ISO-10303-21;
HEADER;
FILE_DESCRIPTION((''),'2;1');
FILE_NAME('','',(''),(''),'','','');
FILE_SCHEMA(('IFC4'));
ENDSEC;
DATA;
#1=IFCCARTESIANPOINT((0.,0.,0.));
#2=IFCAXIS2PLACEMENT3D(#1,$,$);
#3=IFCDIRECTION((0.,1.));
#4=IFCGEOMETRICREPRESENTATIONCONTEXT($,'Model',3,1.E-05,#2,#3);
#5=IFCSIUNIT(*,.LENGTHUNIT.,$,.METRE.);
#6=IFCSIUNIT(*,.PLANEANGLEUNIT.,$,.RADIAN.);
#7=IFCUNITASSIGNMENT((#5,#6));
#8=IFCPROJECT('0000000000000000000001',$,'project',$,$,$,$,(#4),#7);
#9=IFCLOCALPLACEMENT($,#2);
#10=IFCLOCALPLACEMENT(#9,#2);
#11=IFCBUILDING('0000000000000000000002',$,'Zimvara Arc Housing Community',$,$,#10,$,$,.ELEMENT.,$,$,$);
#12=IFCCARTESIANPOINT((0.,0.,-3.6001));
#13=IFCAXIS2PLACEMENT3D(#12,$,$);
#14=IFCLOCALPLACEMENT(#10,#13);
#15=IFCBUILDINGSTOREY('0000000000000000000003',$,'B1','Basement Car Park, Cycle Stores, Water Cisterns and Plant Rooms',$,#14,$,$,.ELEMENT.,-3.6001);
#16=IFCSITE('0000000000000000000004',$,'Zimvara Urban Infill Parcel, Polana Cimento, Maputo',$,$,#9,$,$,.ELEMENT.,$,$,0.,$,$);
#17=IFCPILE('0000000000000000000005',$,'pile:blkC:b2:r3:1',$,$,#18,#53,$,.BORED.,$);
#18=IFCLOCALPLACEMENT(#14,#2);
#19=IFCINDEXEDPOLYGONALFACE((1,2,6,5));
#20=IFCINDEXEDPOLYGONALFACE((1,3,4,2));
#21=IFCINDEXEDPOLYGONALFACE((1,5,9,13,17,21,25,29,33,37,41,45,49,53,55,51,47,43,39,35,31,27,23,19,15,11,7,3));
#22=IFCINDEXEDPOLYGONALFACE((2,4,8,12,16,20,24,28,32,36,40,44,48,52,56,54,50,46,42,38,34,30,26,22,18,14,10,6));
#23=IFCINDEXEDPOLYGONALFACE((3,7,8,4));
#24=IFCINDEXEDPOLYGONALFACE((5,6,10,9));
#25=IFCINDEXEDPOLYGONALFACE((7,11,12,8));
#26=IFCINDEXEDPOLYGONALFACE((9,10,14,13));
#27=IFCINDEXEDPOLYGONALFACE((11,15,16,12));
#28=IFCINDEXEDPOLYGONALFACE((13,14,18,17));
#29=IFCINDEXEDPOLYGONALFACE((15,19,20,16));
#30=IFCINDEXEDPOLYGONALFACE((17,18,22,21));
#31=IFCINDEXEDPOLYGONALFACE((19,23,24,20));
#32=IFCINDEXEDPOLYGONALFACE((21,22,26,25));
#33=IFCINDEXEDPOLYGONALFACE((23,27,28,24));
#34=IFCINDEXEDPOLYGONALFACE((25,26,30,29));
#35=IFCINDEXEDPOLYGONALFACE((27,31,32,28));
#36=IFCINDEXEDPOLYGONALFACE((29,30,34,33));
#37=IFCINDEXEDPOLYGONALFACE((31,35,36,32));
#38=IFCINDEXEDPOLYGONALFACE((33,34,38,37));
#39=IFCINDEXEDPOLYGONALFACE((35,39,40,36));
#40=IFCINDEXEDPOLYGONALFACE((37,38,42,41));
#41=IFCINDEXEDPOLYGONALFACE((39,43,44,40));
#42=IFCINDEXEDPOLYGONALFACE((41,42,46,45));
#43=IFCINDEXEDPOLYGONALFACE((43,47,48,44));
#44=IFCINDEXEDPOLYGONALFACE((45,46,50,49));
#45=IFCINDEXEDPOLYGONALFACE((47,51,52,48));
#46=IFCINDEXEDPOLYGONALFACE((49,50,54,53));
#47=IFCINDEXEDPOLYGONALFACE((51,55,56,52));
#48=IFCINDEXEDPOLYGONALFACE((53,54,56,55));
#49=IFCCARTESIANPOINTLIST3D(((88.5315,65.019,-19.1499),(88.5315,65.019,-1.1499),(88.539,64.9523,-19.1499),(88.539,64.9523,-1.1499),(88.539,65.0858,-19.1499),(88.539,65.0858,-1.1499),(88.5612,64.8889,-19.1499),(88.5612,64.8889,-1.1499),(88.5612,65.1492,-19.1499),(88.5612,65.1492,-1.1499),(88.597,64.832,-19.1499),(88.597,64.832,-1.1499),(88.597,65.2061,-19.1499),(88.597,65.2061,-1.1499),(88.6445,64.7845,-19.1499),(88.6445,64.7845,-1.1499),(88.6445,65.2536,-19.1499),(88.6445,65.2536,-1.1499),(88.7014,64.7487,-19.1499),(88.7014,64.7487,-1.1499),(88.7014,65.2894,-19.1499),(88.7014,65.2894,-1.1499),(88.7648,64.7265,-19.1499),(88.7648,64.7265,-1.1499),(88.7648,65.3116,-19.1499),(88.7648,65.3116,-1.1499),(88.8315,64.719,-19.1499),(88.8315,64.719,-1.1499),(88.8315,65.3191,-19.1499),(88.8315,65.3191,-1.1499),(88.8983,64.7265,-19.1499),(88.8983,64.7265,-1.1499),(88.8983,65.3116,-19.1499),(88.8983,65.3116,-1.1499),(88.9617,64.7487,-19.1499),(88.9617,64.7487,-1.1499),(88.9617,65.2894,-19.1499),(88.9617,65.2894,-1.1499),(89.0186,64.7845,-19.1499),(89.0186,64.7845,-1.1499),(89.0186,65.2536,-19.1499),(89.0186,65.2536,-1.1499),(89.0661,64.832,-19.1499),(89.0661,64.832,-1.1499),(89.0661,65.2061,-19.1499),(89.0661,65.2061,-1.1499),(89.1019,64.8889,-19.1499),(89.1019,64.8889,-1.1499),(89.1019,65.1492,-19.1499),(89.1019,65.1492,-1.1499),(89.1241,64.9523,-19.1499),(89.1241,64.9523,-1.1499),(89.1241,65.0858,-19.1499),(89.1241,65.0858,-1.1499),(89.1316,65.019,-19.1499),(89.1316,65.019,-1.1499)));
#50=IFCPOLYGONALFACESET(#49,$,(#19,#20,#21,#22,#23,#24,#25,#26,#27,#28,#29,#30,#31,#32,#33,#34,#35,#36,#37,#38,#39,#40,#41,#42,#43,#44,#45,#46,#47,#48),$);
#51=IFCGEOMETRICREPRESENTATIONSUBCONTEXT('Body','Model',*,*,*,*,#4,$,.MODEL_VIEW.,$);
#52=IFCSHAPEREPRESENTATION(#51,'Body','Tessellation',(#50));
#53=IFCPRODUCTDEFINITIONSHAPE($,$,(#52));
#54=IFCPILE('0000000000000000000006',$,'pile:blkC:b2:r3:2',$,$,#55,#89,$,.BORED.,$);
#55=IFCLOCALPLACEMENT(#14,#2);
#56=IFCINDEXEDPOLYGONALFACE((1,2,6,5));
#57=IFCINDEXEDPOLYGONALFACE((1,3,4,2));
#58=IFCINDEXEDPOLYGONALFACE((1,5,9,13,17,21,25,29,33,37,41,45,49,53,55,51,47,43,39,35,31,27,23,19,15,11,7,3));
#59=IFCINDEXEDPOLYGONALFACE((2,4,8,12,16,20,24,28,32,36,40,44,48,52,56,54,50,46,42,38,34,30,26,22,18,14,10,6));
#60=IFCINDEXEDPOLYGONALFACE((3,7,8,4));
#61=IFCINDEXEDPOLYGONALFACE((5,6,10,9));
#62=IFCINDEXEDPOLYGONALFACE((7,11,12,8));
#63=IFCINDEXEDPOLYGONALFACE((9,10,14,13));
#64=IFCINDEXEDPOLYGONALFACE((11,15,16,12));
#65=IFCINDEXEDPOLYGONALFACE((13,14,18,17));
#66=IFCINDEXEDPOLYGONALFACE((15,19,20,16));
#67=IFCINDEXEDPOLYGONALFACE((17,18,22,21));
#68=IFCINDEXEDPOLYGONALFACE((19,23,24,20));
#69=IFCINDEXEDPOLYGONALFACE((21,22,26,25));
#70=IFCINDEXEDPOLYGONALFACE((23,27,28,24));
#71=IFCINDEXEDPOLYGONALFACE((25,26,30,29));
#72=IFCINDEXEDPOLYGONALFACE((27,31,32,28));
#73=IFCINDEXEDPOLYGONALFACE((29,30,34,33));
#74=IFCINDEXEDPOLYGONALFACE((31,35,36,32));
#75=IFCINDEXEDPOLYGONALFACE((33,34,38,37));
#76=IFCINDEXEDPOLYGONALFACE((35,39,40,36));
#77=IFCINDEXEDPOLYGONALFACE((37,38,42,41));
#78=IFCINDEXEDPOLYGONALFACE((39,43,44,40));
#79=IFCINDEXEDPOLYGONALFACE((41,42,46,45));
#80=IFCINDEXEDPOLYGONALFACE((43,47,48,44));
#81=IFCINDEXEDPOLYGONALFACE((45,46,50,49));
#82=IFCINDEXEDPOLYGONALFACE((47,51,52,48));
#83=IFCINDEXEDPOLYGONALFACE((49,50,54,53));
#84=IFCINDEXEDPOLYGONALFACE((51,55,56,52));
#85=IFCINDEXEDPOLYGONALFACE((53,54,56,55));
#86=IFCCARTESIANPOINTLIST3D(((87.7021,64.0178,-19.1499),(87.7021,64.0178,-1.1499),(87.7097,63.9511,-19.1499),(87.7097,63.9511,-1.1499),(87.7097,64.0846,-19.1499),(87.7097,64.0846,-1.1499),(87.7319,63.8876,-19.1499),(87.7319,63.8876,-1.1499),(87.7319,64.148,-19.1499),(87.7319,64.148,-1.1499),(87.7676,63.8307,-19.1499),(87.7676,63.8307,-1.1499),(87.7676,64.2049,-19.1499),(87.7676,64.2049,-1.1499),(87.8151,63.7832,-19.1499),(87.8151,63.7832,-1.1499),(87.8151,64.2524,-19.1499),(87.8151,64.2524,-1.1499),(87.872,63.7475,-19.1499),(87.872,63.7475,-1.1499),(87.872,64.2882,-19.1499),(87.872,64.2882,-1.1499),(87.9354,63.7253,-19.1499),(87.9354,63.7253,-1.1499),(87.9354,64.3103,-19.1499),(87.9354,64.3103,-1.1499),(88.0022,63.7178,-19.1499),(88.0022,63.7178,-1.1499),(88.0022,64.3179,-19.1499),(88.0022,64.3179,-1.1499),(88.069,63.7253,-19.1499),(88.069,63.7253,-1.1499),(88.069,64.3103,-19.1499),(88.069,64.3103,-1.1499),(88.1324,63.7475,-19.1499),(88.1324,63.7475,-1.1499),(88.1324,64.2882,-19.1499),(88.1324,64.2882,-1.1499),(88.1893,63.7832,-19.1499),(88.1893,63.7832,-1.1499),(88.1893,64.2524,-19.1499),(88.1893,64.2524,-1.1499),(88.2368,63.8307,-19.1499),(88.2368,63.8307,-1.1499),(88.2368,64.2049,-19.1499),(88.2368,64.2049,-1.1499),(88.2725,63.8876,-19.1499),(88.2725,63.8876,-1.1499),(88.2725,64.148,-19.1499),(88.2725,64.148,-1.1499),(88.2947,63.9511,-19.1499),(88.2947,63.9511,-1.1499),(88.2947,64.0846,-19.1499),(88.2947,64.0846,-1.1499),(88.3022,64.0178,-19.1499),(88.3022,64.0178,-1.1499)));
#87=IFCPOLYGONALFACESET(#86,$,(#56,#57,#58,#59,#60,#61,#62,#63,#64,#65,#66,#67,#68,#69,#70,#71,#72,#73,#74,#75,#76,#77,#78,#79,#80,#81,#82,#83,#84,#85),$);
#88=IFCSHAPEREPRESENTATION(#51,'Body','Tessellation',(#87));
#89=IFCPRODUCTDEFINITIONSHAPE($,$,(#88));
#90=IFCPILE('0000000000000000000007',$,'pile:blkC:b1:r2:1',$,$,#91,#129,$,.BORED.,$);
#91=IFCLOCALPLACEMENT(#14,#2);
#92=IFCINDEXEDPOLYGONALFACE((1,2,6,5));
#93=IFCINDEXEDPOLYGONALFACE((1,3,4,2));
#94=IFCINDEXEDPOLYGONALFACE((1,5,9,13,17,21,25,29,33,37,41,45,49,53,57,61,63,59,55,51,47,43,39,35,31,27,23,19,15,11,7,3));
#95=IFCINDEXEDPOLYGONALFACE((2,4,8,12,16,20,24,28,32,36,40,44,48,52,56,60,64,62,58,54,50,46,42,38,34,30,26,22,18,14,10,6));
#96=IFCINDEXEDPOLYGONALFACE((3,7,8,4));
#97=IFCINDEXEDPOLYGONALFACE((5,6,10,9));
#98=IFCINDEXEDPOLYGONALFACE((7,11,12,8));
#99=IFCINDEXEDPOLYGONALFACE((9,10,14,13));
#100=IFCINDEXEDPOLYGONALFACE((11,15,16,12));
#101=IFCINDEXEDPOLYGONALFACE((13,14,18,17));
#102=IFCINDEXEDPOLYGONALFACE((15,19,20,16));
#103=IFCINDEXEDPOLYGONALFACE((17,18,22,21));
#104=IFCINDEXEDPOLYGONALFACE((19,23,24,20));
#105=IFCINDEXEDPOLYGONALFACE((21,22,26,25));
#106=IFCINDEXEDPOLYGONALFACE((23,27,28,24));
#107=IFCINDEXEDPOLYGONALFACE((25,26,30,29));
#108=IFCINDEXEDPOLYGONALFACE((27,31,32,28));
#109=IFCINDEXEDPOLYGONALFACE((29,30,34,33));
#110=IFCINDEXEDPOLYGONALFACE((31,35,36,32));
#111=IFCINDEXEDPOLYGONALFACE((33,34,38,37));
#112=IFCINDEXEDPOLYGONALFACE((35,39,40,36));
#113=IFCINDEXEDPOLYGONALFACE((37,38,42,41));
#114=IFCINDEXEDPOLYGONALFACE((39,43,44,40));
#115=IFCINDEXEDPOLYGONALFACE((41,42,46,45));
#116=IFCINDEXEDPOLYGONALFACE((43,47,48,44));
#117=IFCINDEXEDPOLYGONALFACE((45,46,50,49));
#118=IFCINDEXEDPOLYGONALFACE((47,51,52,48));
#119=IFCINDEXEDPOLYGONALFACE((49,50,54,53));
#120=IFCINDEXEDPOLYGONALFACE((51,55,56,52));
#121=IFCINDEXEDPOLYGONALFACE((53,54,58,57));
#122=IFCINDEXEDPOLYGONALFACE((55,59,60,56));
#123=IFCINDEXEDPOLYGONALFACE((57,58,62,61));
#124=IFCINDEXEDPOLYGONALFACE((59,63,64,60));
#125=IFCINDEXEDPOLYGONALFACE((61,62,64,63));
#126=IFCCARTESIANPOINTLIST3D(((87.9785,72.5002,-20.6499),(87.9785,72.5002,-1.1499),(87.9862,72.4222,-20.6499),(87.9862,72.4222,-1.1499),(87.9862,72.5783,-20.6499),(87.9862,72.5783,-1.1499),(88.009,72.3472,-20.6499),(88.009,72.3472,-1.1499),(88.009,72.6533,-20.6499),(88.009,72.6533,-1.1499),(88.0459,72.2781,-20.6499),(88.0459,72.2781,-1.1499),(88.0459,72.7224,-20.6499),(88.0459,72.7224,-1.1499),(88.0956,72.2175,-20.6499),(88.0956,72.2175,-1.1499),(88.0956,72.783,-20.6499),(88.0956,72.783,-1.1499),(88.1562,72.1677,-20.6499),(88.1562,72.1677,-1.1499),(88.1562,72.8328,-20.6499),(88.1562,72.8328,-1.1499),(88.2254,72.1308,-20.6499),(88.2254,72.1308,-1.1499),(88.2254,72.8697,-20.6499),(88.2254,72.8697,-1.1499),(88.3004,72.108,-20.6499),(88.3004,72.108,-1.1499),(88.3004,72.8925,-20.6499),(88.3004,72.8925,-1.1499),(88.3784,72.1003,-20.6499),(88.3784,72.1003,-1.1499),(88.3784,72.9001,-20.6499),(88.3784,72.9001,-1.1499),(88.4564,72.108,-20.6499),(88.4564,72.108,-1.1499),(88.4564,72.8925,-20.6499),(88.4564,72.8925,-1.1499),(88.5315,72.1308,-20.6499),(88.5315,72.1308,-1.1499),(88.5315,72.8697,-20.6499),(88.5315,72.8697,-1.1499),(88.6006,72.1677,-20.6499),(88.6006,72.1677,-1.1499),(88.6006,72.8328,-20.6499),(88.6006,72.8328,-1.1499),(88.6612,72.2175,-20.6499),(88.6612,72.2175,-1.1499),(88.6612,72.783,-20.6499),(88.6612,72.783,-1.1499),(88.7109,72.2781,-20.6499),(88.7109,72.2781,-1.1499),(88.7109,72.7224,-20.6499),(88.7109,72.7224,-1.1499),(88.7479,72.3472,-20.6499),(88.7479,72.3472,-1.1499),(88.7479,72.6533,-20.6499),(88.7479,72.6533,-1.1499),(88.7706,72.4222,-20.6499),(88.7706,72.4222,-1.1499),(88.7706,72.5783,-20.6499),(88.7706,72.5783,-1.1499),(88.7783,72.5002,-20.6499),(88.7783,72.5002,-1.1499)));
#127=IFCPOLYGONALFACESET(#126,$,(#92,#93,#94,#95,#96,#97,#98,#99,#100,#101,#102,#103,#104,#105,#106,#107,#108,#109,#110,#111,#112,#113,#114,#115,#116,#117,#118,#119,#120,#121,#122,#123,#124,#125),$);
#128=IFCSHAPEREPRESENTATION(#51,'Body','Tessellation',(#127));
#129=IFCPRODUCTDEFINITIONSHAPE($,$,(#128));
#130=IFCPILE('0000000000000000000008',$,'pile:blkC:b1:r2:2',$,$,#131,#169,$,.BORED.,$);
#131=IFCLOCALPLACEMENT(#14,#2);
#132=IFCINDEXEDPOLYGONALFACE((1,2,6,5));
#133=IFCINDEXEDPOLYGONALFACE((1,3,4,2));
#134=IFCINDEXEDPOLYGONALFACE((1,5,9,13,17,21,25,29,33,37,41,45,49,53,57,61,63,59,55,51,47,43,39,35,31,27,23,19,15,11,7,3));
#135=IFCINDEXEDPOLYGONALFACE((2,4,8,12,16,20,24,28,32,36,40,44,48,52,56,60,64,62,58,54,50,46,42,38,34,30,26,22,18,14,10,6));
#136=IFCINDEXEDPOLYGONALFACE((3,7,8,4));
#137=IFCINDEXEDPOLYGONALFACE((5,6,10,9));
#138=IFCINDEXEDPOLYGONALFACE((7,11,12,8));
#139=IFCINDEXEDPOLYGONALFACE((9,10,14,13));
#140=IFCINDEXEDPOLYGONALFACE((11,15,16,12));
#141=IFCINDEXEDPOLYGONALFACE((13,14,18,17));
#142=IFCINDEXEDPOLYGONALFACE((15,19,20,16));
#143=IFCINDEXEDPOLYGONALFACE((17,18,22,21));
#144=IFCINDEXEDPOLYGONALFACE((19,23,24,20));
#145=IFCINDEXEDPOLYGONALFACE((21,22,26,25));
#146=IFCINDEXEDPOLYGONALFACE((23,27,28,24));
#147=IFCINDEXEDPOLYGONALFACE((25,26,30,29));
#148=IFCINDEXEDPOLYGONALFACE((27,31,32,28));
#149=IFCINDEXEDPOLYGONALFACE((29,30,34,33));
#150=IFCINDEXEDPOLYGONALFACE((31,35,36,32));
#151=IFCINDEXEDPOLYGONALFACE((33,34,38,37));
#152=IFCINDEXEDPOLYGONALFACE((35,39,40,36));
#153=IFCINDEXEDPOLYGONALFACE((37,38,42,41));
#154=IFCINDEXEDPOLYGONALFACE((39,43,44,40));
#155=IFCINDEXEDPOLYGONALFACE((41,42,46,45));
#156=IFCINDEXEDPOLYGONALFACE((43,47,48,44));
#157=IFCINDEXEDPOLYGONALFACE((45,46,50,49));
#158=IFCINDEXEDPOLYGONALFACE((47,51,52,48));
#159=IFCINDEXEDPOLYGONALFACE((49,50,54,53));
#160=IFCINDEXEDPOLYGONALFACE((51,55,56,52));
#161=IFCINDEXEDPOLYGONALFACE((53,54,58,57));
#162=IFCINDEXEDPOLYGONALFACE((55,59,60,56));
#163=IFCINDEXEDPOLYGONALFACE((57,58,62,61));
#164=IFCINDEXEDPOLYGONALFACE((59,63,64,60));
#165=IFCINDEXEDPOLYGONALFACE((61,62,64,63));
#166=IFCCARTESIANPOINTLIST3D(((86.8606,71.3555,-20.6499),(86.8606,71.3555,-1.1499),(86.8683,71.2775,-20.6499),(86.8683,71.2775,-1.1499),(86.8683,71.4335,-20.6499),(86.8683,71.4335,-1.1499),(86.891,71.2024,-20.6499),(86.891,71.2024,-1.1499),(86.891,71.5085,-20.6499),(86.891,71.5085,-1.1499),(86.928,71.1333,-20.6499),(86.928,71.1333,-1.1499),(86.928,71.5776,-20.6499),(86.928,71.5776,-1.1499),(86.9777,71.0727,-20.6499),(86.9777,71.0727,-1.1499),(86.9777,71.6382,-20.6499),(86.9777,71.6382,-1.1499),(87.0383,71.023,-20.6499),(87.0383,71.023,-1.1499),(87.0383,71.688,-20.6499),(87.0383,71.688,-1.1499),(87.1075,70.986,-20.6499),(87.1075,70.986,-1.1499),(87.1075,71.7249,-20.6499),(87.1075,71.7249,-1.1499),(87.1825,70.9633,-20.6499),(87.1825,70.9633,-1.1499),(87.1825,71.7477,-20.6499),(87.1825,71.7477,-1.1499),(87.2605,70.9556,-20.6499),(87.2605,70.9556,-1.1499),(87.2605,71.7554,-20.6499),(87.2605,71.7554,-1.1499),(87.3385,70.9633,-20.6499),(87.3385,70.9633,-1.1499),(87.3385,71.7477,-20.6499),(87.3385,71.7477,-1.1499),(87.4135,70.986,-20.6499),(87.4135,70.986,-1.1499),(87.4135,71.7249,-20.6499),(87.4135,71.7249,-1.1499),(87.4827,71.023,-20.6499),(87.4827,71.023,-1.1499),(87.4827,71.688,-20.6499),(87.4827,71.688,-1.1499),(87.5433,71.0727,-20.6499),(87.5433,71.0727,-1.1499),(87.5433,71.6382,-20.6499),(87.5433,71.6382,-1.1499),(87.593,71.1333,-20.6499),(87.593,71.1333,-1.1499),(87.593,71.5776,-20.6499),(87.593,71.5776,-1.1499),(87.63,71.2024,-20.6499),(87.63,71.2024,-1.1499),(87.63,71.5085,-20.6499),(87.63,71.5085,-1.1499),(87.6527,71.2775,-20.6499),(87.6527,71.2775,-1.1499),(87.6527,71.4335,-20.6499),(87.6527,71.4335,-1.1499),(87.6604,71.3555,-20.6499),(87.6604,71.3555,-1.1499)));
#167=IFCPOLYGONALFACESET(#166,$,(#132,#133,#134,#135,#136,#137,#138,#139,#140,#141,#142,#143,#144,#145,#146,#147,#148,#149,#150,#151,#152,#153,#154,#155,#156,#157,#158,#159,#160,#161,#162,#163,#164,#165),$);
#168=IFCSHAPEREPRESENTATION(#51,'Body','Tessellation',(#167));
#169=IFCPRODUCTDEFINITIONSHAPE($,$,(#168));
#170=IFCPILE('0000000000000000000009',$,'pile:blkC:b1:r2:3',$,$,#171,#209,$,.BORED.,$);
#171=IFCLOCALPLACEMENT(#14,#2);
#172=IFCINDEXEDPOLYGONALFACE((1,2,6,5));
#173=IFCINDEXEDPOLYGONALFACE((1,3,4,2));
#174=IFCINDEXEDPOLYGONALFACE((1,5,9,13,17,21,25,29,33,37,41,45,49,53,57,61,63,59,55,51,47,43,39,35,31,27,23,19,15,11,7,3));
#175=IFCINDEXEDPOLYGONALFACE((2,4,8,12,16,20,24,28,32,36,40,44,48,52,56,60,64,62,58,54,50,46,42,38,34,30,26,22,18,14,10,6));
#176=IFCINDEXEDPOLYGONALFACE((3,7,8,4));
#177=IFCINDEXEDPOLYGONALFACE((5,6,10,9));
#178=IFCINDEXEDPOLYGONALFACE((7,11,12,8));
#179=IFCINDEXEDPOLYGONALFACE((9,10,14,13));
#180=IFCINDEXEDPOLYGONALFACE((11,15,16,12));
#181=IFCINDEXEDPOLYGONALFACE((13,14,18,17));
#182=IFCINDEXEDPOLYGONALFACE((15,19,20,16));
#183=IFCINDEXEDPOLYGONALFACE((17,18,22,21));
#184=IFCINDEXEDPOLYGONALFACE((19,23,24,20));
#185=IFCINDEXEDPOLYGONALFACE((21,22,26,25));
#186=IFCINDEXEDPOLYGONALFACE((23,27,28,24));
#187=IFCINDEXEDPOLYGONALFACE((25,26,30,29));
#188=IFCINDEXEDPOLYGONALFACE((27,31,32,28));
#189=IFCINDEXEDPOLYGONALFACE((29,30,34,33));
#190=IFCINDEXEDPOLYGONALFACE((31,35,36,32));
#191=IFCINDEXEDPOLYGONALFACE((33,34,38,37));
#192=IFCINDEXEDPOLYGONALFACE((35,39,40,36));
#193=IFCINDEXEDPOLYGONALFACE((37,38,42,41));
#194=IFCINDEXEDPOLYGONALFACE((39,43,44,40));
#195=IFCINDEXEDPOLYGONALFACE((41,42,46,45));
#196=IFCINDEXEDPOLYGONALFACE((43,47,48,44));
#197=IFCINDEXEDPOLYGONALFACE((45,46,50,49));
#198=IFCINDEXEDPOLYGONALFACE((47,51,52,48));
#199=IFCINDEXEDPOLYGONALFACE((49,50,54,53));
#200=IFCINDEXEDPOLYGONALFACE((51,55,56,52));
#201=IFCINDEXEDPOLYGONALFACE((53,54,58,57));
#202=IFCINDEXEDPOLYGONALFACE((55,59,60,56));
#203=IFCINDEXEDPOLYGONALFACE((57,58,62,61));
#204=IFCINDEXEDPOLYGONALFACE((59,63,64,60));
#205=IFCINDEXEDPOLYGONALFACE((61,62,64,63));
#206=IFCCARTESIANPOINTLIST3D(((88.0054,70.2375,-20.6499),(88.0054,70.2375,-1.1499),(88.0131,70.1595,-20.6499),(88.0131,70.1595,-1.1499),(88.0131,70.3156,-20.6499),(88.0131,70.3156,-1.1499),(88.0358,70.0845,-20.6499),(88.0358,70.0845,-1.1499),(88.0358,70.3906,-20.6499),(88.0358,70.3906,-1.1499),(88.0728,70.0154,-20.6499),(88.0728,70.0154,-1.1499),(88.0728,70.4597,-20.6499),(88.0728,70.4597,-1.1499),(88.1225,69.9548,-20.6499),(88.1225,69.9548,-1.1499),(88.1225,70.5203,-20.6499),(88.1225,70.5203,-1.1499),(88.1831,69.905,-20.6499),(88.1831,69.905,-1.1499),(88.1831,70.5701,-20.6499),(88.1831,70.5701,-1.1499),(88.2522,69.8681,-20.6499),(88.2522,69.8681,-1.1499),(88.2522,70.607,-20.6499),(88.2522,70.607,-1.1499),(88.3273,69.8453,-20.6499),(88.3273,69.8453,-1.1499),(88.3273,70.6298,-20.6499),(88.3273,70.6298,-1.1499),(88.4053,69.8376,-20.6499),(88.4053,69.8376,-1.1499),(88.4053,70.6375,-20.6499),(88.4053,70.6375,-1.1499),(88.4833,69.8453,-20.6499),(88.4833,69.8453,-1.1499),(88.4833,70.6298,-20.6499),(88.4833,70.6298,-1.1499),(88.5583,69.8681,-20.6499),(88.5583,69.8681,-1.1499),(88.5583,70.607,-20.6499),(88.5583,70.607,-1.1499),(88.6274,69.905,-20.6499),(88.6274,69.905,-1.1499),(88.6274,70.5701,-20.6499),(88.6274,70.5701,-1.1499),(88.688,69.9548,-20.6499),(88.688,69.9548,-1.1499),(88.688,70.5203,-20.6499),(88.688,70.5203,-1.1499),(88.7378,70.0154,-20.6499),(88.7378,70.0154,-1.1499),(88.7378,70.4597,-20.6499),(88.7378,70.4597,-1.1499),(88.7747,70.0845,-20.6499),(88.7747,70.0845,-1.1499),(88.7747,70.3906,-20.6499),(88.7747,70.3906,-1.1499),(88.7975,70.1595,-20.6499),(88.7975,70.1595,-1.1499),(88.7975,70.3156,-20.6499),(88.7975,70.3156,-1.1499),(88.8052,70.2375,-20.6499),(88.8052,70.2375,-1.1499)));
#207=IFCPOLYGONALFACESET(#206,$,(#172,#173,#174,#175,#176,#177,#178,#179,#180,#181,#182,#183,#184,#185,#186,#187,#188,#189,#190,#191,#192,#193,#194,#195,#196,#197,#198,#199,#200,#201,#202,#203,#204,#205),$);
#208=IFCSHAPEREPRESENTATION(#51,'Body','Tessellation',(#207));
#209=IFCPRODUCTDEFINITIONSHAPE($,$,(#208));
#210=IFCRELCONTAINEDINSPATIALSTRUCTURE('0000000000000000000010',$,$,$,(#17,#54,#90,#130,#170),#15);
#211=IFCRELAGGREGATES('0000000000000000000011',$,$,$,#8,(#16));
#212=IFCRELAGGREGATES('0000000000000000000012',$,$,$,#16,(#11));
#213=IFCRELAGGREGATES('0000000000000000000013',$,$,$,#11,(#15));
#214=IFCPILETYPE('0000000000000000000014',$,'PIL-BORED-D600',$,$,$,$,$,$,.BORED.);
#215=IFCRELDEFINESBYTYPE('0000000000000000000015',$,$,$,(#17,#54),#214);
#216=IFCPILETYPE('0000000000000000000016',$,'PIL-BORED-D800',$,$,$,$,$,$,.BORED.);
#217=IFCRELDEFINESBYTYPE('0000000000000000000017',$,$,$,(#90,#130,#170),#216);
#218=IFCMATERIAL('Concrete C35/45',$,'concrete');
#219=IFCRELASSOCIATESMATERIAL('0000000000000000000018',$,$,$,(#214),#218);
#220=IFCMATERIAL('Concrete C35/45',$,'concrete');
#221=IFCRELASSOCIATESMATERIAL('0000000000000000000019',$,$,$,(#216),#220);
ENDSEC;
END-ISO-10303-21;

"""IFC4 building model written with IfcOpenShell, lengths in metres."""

from ifc_helpers import new_model, si_unit, direction, frame, origin, origin_2d, place, context, subcontext, project, spatial, circle, extrude, material, material_profile, profile_set, type_object, element, save


model = new_model("IFC4")

# Units and contexts
model_context = context("Model", 3, precision=1e-05, world=origin(), true_north=direction((0.0, 1.0)))
body_context = subcontext(model_context, "Body", "Model", "MODEL_VIEW")
ifc_project = project(units=[si_unit("LENGTHUNIT", "METRE"), si_unit("PLANEANGLEUNIT", "RADIAN")], contexts=[model_context])

# Site, building, storey
site_placement = place(None, origin())
site = spatial("IfcSite", under=ifc_project, at=site_placement, Name="Zimvara Urban Infill Parcel, Polana Cimento, Maputo", CompositionType="ELEMENT", RefElevation=0.0)
building_placement = place(site_placement, origin())
building = spatial("IfcBuilding", under=site, at=building_placement, Name="Zimvara Arc Housing Community", CompositionType="ELEMENT")
storey_placement = place(building_placement, frame((0.0, 0.0, -3.6001)))
storey = spatial("IfcBuildingStorey", under=building, at=storey_placement, Name="B1", Description="Basement Car Park, Cycle Stores, Water Cisterns and Plant Rooms", CompositionType="ELEMENT", Elevation=-3.6001)

# Piles
ifc_material_1 = material(Name="Concrete C35/45", Category="concrete")
ifc_material_profile_1 = material_profile(ifc_material_1, circle(Radius=0.3, at=origin_2d()), Name="PILE D600")
ifc_profile_set_1 = profile_set([ifc_material_profile_1], Name="Concrete C35/45")
pile_type_1 = type_object("IfcPileType", Name="PIL-BORED-D600", PredefinedType="BORED", material=ifc_profile_set_1)
for number, where, z_axis, x_axis, name in (
    (1, (88.8315, 65.019, -1.1499), (0.0, 0.0, -1.0), (1.0, 0.0, 0.0), "pile:blkC:b2:r3:1"),
    (2, (88.0022, 64.0178, -1.1499), (0.0, 0.0, -1.0), (1.0, 0.0, 0.0), "pile:blkC:b2:r3:2"),
):
    element("IfcPile", number, at=place(storey_placement, frame(where, z_axis=z_axis, x_axis=x_axis)), inside=storey, type_object=pile_type_1, Name=name, PredefinedType="BORED", context=body_context, shape_type="SweptSolid", body=[
        extrude(circle(Radius=0.3, at=origin_2d()), origin(), (0.0, 0.0, 1.0), 18.0),
    ])
ifc_material_2 = material(Name="Concrete C35/45", Category="concrete")
ifc_material_profile_2 = material_profile(ifc_material_2, circle(Radius=0.3999, at=origin_2d()), Name="PILE D800")
ifc_profile_set_2 = profile_set([ifc_material_profile_2], Name="Concrete C35/45")
pile_type_2 = type_object("IfcPileType", Name="PIL-BORED-D800", PredefinedType="BORED", material=ifc_profile_set_2)
for number, where, z_axis, x_axis, name in (
    (3, (88.3784, 72.5002, -1.1499), (0.0, 0.0, -1.0), (1.0, 0.0, 0.0), "pile:blkC:b1:r2:1"),
    (4, (87.2605, 71.3555, -1.1499), (0.0, 0.0, -1.0), (1.0, 0.0, 0.0), "pile:blkC:b1:r2:2"),
    (5, (88.4053, 70.2375, -1.1499), (0.0, 0.0, -1.0), (1.0, 0.0, 0.0), "pile:blkC:b1:r2:3"),
):
    element("IfcPile", number, at=place(storey_placement, frame(where, z_axis=z_axis, x_axis=x_axis)), inside=storey, type_object=pile_type_2, Name=name, PredefinedType="BORED", context=body_context, shape_type="SweptSolid", body=[
        extrude(circle(Radius=0.3999, at=origin_2d()), origin(), (0.0, 0.0, 1.0), 19.5),
    ])

save(model, "model.ifc")
